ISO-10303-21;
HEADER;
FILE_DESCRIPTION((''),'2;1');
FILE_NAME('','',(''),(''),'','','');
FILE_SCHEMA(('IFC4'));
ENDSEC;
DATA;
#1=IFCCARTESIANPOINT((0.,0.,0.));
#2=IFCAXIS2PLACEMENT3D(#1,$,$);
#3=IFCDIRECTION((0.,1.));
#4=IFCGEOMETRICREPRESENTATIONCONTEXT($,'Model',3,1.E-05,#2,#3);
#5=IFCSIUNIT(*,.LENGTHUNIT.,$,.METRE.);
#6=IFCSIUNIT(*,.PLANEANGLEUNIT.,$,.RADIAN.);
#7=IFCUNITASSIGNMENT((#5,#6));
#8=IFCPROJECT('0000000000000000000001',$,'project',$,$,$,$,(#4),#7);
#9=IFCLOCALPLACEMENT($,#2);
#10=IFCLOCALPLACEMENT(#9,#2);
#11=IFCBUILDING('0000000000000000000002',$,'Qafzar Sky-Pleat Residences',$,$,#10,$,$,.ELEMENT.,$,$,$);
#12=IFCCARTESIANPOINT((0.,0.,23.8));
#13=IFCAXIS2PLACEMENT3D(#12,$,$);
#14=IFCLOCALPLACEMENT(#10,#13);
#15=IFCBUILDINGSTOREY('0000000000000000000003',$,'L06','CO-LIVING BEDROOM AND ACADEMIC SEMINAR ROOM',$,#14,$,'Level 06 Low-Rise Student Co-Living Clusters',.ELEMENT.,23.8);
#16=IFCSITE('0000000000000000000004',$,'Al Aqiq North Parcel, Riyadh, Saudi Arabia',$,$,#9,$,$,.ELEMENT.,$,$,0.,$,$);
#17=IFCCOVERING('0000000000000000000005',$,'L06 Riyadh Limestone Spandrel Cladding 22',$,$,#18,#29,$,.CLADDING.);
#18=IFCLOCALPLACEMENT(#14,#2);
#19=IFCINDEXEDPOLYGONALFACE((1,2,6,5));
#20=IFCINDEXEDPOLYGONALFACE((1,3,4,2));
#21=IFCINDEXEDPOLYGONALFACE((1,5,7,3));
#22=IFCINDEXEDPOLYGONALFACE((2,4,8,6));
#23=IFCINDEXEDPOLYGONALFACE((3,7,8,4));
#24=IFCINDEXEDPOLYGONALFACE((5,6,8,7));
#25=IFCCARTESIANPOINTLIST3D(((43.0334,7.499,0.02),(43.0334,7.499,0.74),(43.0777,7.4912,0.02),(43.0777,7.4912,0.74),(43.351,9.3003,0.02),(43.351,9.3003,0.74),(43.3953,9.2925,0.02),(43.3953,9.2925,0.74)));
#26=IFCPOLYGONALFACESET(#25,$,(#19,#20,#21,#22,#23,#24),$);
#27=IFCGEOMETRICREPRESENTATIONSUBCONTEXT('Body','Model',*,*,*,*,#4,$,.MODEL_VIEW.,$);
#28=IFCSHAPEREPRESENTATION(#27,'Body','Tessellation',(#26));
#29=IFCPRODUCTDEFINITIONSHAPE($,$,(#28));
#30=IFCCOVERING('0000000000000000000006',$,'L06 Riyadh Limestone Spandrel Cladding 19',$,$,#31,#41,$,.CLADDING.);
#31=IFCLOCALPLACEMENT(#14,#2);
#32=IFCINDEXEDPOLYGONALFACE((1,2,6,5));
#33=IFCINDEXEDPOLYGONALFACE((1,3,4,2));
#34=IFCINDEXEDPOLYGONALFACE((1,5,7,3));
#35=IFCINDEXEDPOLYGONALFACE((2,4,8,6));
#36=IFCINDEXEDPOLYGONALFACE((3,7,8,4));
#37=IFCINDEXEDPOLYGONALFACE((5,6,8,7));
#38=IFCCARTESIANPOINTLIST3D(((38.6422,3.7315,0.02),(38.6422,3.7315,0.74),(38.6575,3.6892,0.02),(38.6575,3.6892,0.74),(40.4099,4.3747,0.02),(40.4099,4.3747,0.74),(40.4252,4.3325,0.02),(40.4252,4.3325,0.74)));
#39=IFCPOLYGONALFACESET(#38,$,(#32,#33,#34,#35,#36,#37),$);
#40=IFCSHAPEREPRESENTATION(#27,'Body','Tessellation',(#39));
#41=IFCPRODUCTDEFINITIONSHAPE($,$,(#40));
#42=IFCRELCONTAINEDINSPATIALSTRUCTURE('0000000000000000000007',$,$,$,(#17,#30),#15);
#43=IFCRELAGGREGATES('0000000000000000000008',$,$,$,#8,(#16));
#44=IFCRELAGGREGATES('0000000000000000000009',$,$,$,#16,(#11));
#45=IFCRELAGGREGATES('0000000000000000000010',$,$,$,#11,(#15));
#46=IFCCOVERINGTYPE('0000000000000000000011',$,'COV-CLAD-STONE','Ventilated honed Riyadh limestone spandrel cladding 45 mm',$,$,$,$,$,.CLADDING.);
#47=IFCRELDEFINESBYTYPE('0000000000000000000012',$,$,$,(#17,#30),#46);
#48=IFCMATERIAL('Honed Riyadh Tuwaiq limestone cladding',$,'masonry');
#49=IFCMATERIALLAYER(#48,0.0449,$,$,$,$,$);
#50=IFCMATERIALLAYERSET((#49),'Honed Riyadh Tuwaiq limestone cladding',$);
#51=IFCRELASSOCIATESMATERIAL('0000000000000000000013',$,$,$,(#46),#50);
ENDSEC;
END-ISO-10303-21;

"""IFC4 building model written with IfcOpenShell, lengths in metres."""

from ifc_helpers import new_model, si_unit, direction, frame, origin, origin_2d, place, context, subcontext, project, spatial, rectangle, extrude, source, transform, mapped, material, layer, layer_set, type_object, element, save


model = new_model("IFC4")

# Units and contexts
model_context = context("Model", 3, precision=1e-05, world=origin(), true_north=direction((0.0, 1.0)))
body_context = subcontext(model_context, "Body", "Model", "MODEL_VIEW")
ifc_project = project(units=[si_unit("LENGTHUNIT", "METRE"), si_unit("PLANEANGLEUNIT", "RADIAN")], contexts=[model_context])

# Site, building, storey
site_placement = place(None, origin())
site = spatial("IfcSite", under=ifc_project, at=site_placement, Name="Al Aqiq North Parcel, Riyadh, Saudi Arabia", CompositionType="ELEMENT", RefElevation=0.0)
building_placement = place(site_placement, origin())
building = spatial("IfcBuilding", under=site, at=building_placement, Name="Qafzar Sky-Pleat Residences", CompositionType="ELEMENT")
storey_placement = place(building_placement, frame((0.0, 0.0, 23.8)))
storey = spatial("IfcBuildingStorey", under=building, at=storey_placement, Name="L06", Description="CO-LIVING BEDROOM AND ACADEMIC SEMINAR ROOM", LongName="Level 06 Low-Rise Student Co-Living Clusters", CompositionType="ELEMENT", Elevation=23.8)

# Covering
ifc_material_1 = material(Name="Honed Riyadh Tuwaiq limestone cladding", Category="masonry")
ifc_layer_1 = layer(ifc_material_1, 0.0449)
ifc_layer_set_1 = layer_set([ifc_layer_1], Name="Honed Riyadh Tuwaiq limestone cladding")
covering_type = type_object("IfcCoveringType", Name="COV-CLAD-STONE", Description="Ventilated honed Riyadh limestone spandrel cladding 45 mm", PredefinedType="CLADDING", material=ifc_layer_set_1)
shared_shape_1 = source(origin(), body_context, "Body", "SweptSolid", [
    extrude(rectangle(XDim=1.8291, YDim=0.0449, at=origin_2d()), origin(), (0.0, 0.0, 1.0), 0.72),
])
covering_1_placement = place(storey_placement, frame((43.2144, 8.3958, 0.02), z_axis=(0.0, 0.0, 1.0), x_axis=(0.173648, 0.984808, 0.0)))
element("IfcCovering", 1, at=covering_1_placement, inside=storey, type_object=covering_type, Name="L06 Riyadh Limestone Spandrel Cladding 22", PredefinedType="CLADDING", context=body_context, shape_type="MappedRepresentation", body=[
    mapped(shared_shape_1, transform((0.0, 0.0, 0.0), x_axis=(1.0, 0.0, 0.0), y_axis=(0.0, 1.0, 0.0), z_axis=(0.0, 0.0, 1.0), scale=1.0)),
])

# Covering
shared_shape_2 = source(origin(), body_context, "Body", "SweptSolid", [
    extrude(rectangle(XDim=1.8811, YDim=0.0449, at=origin_2d()), origin(), (0.0, 0.0, 1.0), 0.72),
])
covering_2_placement = place(storey_placement, frame((39.5337, 4.032, 0.02), z_axis=(0.0, 0.0, 1.0), x_axis=(0.939715, 0.341958, 0.0)))
element("IfcCovering", 2, at=covering_2_placement, inside=storey, type_object=covering_type, Name="L06 Riyadh Limestone Spandrel Cladding 19", PredefinedType="CLADDING", context=body_context, shape_type="MappedRepresentation", body=[
    mapped(shared_shape_2, transform((0.0, 0.0, 0.0), x_axis=(1.0, 0.0, 0.0), y_axis=(0.0, 1.0, 0.0), z_axis=(0.0, 0.0, 1.0), scale=1.0)),
])

save(model, "model.ifc")
